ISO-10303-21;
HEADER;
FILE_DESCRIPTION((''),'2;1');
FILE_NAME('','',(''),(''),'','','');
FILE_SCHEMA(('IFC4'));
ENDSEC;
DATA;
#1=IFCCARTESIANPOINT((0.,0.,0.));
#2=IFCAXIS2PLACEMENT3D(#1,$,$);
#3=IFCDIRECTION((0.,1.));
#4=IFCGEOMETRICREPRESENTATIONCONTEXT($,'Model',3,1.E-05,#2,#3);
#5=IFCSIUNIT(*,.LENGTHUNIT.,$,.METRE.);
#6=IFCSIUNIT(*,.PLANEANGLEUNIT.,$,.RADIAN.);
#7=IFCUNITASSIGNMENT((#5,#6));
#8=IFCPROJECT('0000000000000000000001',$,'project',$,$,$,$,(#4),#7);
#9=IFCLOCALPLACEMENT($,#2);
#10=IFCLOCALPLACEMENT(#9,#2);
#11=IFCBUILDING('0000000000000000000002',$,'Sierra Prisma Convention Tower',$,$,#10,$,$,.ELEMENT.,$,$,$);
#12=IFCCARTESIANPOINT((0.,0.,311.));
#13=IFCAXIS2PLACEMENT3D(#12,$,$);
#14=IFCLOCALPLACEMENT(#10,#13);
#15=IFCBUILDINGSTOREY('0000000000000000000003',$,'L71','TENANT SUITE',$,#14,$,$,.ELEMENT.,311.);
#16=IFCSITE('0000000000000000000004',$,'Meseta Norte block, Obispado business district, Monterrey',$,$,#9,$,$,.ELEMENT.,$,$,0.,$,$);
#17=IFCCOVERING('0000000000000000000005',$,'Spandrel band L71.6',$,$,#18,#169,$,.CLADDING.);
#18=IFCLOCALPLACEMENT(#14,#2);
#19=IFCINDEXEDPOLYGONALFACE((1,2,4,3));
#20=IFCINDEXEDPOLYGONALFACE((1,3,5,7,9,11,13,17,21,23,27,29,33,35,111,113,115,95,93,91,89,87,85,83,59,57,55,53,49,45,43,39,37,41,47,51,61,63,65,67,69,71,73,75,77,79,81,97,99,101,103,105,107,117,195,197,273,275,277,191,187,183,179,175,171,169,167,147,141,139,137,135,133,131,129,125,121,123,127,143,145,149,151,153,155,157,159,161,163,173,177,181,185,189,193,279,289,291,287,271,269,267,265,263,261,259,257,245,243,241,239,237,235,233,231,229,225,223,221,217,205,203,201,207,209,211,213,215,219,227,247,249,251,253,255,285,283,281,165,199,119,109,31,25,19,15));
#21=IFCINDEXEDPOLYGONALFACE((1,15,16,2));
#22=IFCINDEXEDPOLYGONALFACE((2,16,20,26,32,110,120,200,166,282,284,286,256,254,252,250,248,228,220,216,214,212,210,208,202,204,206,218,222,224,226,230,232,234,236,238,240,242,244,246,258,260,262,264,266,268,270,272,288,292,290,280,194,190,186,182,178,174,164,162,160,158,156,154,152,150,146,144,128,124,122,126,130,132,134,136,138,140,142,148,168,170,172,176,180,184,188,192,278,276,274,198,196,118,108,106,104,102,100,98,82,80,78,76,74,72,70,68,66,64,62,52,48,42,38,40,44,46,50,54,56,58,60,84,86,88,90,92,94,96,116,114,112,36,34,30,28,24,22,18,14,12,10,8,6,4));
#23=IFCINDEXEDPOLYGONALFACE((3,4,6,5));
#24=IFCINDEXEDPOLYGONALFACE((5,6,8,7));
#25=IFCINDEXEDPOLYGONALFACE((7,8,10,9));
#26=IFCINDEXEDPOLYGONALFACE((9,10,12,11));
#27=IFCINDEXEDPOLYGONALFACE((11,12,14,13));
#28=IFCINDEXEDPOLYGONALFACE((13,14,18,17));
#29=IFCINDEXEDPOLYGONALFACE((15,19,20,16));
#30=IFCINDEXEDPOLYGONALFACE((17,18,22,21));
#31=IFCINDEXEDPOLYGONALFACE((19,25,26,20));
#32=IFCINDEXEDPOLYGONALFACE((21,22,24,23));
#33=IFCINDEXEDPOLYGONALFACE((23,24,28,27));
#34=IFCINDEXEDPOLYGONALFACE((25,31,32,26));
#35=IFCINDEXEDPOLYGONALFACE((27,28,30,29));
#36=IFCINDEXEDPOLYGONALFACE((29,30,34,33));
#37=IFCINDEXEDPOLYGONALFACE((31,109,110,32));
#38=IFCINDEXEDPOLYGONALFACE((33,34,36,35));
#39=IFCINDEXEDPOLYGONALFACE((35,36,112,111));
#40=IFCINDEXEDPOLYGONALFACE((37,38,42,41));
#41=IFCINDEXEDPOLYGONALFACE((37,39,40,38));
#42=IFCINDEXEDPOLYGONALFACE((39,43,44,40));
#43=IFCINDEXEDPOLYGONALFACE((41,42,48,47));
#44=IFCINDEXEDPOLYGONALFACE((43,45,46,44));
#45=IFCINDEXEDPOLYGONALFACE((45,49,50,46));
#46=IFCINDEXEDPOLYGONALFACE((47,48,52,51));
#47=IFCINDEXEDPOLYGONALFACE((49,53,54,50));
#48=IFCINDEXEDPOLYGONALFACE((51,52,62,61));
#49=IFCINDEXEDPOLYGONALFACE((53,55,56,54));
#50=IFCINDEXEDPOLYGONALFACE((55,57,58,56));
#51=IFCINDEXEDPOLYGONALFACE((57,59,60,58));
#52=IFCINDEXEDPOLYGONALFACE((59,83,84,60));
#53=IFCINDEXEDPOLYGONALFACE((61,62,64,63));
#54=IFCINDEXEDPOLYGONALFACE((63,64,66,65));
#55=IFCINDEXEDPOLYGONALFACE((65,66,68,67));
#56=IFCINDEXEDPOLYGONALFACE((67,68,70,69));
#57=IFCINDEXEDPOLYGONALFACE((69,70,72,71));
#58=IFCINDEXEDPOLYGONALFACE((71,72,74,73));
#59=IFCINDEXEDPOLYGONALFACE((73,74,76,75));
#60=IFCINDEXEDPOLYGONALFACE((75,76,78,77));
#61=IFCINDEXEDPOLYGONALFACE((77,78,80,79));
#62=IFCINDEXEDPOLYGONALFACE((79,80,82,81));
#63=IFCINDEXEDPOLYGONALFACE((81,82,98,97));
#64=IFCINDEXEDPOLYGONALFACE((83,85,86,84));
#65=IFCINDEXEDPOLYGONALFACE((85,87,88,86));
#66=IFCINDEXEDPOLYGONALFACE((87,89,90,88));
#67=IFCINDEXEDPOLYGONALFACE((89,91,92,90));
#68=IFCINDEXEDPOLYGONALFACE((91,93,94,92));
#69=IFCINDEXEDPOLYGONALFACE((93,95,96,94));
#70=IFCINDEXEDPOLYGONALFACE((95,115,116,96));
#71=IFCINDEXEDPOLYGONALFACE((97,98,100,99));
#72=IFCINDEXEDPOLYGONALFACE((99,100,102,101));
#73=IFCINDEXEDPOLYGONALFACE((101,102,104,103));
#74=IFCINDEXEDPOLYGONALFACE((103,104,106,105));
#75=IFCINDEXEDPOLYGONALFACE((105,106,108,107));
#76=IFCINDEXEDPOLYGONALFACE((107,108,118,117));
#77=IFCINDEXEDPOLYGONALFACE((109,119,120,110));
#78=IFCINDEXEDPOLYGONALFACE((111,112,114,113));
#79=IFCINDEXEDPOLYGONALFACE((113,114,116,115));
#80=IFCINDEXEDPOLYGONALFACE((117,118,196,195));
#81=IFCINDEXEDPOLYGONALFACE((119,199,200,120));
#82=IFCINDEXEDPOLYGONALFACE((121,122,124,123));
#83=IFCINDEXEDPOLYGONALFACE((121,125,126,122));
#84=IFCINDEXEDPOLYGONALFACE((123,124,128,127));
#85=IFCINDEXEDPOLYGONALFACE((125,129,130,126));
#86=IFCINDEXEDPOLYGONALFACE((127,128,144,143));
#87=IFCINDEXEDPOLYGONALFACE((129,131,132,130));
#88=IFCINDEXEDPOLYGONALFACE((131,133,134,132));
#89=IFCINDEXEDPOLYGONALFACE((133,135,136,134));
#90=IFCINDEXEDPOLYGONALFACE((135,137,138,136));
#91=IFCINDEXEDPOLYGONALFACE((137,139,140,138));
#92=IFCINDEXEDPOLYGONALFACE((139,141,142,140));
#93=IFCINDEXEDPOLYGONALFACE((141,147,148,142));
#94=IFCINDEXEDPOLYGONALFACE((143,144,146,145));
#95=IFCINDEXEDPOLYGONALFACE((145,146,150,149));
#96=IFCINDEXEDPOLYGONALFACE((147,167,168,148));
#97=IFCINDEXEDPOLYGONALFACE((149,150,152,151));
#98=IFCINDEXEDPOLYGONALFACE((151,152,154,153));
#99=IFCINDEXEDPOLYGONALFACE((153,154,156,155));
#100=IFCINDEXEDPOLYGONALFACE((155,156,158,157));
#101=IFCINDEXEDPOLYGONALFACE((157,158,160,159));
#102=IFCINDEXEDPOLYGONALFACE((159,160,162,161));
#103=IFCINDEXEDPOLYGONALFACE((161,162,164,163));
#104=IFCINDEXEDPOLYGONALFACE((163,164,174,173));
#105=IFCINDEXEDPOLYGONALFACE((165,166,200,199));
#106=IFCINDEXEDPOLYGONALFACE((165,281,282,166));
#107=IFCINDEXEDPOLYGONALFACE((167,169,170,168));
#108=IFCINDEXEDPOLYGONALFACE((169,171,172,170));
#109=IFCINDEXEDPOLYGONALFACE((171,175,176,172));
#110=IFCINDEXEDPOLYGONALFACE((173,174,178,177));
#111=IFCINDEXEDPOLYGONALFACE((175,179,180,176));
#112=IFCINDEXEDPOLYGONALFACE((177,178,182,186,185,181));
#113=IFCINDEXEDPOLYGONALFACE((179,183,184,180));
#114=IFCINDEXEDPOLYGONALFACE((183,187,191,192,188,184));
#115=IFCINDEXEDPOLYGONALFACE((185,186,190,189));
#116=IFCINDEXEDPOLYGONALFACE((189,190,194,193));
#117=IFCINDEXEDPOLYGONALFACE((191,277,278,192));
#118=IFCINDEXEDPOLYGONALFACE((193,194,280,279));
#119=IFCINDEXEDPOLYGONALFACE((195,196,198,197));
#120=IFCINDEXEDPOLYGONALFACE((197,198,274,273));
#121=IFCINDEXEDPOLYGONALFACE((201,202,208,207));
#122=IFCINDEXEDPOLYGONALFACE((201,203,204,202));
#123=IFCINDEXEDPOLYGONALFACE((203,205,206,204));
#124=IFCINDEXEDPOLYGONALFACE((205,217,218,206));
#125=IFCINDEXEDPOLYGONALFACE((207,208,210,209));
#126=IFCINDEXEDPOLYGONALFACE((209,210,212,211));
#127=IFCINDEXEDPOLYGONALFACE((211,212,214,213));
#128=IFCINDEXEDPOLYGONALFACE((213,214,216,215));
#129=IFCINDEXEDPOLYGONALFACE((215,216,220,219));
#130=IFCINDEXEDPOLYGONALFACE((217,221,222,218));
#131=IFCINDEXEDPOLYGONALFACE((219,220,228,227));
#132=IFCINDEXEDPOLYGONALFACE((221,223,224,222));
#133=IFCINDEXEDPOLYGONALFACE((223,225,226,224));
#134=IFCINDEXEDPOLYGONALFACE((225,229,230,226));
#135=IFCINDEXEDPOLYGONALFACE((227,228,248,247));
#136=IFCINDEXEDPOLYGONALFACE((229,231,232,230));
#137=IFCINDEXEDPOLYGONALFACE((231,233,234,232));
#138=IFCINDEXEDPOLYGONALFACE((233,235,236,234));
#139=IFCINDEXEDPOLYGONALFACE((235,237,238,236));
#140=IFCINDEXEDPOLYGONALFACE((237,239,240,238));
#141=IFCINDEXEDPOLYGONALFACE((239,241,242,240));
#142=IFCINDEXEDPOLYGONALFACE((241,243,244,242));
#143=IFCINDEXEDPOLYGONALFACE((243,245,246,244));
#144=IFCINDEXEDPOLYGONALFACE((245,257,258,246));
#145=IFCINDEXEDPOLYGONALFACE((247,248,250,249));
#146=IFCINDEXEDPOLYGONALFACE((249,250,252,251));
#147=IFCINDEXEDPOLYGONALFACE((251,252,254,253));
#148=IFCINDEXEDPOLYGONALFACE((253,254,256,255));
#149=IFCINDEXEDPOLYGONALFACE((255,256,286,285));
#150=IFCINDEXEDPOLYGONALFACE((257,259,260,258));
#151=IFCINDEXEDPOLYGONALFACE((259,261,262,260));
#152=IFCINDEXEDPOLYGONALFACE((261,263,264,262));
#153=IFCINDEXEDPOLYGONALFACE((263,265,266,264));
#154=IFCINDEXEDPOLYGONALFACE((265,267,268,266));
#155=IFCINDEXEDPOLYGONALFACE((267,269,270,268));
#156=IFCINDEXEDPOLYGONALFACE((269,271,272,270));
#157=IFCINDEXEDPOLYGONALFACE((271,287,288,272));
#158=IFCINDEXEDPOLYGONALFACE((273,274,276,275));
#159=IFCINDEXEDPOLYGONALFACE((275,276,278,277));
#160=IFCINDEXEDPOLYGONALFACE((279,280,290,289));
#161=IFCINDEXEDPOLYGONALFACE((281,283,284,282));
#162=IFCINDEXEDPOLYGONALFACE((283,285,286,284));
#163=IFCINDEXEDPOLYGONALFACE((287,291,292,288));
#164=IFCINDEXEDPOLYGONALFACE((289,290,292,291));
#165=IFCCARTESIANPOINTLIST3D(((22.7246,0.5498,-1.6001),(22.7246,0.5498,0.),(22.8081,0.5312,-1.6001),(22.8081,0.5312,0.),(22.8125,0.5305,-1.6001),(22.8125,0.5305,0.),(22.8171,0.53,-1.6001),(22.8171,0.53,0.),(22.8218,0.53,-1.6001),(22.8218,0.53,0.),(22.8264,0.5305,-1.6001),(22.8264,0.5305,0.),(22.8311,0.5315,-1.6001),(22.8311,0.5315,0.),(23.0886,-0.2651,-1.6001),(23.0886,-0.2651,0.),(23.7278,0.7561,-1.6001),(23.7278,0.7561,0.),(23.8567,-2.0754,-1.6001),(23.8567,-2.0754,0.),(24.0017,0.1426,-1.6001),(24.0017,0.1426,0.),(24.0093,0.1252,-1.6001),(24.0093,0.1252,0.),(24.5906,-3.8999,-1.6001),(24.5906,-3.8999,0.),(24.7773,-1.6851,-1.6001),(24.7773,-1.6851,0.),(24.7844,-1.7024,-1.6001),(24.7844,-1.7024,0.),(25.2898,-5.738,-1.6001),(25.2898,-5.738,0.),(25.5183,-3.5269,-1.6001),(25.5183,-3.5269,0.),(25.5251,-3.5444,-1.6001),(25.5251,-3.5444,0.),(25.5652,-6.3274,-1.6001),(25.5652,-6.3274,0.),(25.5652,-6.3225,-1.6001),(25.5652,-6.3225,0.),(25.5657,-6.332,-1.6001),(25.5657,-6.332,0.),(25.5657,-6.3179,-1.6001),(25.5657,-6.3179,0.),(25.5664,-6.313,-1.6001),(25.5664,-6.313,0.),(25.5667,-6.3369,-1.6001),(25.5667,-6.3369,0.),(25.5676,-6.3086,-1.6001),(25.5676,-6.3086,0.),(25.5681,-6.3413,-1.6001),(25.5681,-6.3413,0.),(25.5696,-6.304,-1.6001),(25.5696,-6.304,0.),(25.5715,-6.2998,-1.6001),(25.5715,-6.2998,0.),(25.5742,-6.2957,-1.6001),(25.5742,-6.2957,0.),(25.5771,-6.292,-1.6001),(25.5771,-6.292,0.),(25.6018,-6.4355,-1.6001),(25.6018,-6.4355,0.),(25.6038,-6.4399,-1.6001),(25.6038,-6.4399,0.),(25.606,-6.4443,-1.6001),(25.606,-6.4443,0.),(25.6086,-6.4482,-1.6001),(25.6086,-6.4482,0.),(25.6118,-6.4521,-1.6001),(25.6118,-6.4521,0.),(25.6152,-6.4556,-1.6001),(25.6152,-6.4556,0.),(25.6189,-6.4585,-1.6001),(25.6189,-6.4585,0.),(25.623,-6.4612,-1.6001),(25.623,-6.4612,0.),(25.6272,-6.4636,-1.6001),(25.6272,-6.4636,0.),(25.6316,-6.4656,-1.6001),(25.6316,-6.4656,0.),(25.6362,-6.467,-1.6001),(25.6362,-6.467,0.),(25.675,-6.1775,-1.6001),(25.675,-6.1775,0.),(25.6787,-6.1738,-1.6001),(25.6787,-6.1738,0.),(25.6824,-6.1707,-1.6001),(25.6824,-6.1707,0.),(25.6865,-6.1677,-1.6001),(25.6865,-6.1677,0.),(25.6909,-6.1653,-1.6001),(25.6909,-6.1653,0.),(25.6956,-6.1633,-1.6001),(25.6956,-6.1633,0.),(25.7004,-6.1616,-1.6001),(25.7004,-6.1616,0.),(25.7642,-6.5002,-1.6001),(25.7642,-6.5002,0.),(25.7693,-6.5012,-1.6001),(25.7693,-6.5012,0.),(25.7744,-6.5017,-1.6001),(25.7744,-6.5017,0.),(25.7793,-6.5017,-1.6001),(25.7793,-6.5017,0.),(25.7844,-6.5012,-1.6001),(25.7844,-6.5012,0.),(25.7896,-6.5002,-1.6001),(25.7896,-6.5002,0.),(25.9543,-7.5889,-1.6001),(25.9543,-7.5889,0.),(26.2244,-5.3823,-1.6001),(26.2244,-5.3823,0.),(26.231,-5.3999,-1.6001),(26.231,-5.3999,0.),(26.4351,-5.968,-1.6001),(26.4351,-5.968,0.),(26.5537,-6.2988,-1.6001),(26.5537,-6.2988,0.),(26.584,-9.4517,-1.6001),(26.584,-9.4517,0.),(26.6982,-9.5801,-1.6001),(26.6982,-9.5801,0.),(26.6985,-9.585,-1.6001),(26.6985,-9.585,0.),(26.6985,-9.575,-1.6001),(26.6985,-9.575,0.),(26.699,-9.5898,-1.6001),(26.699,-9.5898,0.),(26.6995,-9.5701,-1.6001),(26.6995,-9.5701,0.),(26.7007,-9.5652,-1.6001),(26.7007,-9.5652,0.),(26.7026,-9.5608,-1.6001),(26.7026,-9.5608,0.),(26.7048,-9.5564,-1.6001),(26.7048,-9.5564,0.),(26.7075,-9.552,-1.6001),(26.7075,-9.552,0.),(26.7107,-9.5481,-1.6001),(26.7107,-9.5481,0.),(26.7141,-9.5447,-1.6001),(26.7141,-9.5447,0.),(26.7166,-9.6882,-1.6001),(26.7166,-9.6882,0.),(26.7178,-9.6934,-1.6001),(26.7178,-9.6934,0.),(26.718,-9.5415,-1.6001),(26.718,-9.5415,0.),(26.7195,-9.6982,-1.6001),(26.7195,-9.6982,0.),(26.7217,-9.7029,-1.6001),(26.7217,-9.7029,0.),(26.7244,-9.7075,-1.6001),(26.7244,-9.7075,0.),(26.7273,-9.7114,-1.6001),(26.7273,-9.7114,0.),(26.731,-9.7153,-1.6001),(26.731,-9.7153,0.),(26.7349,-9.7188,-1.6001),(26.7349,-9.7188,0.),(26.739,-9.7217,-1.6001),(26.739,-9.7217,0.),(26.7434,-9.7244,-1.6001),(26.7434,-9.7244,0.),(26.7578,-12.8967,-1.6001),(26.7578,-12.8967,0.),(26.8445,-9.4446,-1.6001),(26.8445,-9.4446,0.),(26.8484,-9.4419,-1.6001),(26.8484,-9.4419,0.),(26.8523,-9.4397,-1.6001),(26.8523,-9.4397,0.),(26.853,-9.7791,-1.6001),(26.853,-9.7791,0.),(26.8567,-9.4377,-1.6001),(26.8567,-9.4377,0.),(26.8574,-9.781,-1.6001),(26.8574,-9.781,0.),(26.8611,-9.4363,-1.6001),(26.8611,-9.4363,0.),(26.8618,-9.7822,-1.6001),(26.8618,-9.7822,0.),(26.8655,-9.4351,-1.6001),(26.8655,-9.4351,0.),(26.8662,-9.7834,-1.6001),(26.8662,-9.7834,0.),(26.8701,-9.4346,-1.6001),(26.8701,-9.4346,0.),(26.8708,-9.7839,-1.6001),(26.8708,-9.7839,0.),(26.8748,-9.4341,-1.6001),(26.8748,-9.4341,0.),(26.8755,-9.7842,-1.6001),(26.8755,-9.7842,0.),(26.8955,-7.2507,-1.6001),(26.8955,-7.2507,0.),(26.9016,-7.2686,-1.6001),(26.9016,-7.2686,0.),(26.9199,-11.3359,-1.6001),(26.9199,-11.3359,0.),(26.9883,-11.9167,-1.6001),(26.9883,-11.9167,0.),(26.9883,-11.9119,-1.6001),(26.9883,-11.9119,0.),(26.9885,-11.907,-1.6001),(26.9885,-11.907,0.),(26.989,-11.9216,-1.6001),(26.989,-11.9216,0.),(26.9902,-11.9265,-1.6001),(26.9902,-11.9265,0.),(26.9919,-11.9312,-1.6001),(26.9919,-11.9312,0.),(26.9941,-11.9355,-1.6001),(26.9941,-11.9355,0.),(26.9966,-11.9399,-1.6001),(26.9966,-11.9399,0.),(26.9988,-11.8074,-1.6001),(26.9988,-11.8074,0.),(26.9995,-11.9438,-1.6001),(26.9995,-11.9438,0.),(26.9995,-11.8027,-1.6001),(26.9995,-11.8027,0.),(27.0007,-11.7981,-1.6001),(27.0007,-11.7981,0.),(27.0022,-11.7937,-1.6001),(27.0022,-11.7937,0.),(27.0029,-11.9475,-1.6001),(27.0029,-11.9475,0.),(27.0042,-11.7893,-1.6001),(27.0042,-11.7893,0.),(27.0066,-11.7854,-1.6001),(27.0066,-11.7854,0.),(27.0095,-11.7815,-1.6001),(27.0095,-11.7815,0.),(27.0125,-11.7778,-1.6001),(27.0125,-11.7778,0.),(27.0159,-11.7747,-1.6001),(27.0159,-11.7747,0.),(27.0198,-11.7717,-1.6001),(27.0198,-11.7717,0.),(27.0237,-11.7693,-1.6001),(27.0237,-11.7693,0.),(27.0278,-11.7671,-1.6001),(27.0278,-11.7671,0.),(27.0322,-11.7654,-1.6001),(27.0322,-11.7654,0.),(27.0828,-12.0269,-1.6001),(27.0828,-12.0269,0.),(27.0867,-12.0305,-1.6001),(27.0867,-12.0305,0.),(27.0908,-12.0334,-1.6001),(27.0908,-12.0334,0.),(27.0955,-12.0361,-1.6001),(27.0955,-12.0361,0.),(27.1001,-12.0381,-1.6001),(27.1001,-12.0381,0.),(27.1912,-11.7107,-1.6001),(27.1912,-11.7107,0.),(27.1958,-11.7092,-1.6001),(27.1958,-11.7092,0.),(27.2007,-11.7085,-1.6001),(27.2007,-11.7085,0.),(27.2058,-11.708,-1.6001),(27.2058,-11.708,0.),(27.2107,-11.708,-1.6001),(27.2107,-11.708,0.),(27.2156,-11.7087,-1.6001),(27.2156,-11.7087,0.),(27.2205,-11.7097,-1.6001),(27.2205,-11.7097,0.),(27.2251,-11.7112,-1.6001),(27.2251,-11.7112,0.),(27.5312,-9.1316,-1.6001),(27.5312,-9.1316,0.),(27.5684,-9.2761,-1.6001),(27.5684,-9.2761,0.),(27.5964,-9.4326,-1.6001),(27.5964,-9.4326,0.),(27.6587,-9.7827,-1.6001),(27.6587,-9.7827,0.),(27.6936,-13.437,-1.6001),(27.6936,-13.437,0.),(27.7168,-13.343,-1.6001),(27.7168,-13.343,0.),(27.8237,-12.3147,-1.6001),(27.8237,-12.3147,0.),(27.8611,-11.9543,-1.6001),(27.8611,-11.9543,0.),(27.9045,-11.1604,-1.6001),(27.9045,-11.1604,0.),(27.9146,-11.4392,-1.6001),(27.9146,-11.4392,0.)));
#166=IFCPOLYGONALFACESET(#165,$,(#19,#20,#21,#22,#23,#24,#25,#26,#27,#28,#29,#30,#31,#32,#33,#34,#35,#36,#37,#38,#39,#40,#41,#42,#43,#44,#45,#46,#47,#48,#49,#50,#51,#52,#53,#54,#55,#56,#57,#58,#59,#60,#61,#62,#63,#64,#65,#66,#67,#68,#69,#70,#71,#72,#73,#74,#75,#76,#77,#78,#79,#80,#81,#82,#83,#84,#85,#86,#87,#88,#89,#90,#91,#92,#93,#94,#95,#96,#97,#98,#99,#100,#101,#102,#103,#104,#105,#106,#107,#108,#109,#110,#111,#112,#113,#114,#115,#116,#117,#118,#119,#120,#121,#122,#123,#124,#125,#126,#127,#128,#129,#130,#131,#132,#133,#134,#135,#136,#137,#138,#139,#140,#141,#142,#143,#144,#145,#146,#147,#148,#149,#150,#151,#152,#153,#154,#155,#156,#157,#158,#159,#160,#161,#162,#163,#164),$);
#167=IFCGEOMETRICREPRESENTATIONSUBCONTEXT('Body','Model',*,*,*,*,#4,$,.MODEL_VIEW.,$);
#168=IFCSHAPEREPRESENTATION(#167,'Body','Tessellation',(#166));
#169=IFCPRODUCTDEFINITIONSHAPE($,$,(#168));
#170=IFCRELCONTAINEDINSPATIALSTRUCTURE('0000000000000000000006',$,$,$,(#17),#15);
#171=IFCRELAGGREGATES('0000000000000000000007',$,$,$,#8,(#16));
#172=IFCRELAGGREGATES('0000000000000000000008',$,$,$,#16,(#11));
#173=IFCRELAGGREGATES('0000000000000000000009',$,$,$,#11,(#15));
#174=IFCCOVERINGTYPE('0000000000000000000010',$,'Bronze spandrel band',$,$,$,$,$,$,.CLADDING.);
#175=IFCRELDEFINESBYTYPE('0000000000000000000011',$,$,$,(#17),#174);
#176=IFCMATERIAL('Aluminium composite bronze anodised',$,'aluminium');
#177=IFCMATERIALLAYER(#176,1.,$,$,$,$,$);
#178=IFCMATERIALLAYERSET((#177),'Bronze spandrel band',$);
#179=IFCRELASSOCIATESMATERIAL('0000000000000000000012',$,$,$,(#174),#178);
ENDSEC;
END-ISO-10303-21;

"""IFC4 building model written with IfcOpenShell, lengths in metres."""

from ifc_helpers import new_model, si_unit, direction, frame, origin, place, context, subcontext, project, spatial, polyline, outline, extrude, material, layer, layer_set, type_object, element, save


model = new_model("IFC4")

# Units and contexts
model_context = context("Model", 3, precision=1e-05, world=origin(), true_north=direction((0.0, 1.0)))
body_context = subcontext(model_context, "Body", "Model", "MODEL_VIEW")
ifc_project = project(units=[si_unit("LENGTHUNIT", "METRE"), si_unit("PLANEANGLEUNIT", "RADIAN")], contexts=[model_context])

# Site, building, storey
site_placement = place(None, origin())
site = spatial("IfcSite", under=ifc_project, at=site_placement, Name="Meseta Norte block, Obispado business district, Monterrey", CompositionType="ELEMENT", RefElevation=0.0)
building_placement = place(site_placement, origin())
building = spatial("IfcBuilding", under=site, at=building_placement, Name="Sierra Prisma Convention Tower", CompositionType="ELEMENT")
storey_placement = place(building_placement, frame((0.0, 0.0, 311.0)))
storey = spatial("IfcBuildingStorey", under=building, at=storey_placement, Name="L71", Description="TENANT SUITE", CompositionType="ELEMENT", Elevation=311.0)

# Covering
ifc_material_1 = material(Name="Aluminium composite bronze anodised", Category="aluminium")
ifc_layer_1 = layer(ifc_material_1, 1.0)
ifc_layer_set_1 = layer_set([ifc_layer_1], Name="Bronze spandrel band")
covering_type = type_object("IfcCoveringType", Name="Bronze spandrel band", PredefinedType="CLADDING", material=ifc_layer_set_1)
covering_1_placement = place(storey_placement, frame((0.0, 0.0, -1.6001)))
element("IfcCovering", 1, at=covering_1_placement, inside=storey, type_object=covering_type, Name="Spandrel band L71.6", PredefinedType="CLADDING", context=body_context, shape_type="SweptSolid", body=[
    extrude(outline(polyline([(25.6824, -6.1707), (25.6787, -6.1738), (25.675, -6.1775), (25.5771, -6.292), (25.5742, -6.2957), (25.5715, -6.2998), (25.5696, -6.304), (25.5676, -6.3086), (25.5664, -6.313), (25.5657, -6.3179), (25.5652, -6.3225), (25.5652, -6.3274), (25.5657, -6.332), (25.5667, -6.3369), (25.5681, -6.3413), (25.6018, -6.4355), (25.6038, -6.4399), (25.606, -6.4443), (25.6086, -6.4482), (25.6118, -6.4521), (25.6152, -6.4556), (25.6189, -6.4585), (25.623, -6.4612), (25.6272, -6.4636), (25.6316, -6.4656), (25.6362, -6.467), (25.7642, -6.5002), (25.7693, -6.5012), (25.7744, -6.5017), (25.7793, -6.5017), (25.7844, -6.5012), (25.7896, -6.5002), (26.5537, -6.2988), (26.8955, -7.2507), (26.9016, -7.2686), (27.5312, -9.1316), (27.5684, -9.2761), (27.5964, -9.4326), (26.8748, -9.4341), (26.8701, -9.4346), (26.8655, -9.4351), (26.8611, -9.4363), (26.8567, -9.4377), (26.8523, -9.4397), (26.8484, -9.4419), (26.8445, -9.4446), (26.718, -9.5415), (26.7141, -9.5447), (26.7107, -9.5481), (26.7075, -9.552), (26.7048, -9.5564), (26.7026, -9.5608), (26.7007, -9.5652), (26.6995, -9.5701), (26.6985, -9.575), (26.6982, -9.5801), (26.6985, -9.585), (26.699, -9.5898), (26.7166, -9.6882), (26.7178, -9.6934), (26.7195, -9.6982), (26.7217, -9.7029), (26.7244, -9.7075), (26.7273, -9.7114), (26.731, -9.7153), (26.7349, -9.7188), (26.739, -9.7217), (26.7434, -9.7244), (26.853, -9.7791), (26.8574, -9.781), (26.8618, -9.7822), (26.8662, -9.7834), (26.8708, -9.7839), (26.8755, -9.7842), (27.6587, -9.7827), (27.9045, -11.1604), (27.9146, -11.4392), (27.8611, -11.9543), (27.2251, -11.7112), (27.2205, -11.7097), (27.2156, -11.7087), (27.2107, -11.708), (27.2058, -11.708), (27.2007, -11.7085), (27.1958, -11.7092), (27.1912, -11.7107), (27.0322, -11.7654), (27.0278, -11.7671), (27.0237, -11.7693), (27.0198, -11.7717), (27.0159, -11.7747), (27.0125, -11.7778), (27.0095, -11.7815), (27.0066, -11.7854), (27.0042, -11.7893), (27.0022, -11.7937), (27.0007, -11.7981), (26.9995, -11.8027), (26.9988, -11.8074), (26.9885, -11.907), (26.9883, -11.9119), (26.9883, -11.9167), (26.989, -11.9216), (26.9902, -11.9265), (26.9919, -11.9312), (26.9941, -11.9355), (26.9966, -11.9399), (26.9995, -11.9438), (27.0029, -11.9475), (27.0828, -12.0269), (27.0867, -12.0305), (27.0908, -12.0334), (27.0955, -12.0361), (27.1001, -12.0381), (27.8237, -12.3147), (27.7168, -13.343), (27.6936, -13.437), (26.7578, -12.8967), (26.9199, -11.3359), (26.584, -9.4517), (25.9543, -7.5889), (25.2898, -5.738), (24.5906, -3.8999), (23.8567, -2.0754), (23.0886, -0.2651), (22.7246, 0.5498), (22.8081, 0.5312), (22.8125, 0.5305), (22.8171, 0.53), (22.8218, 0.53), (22.8264, 0.5305), (22.8311, 0.5315), (23.7278, 0.7561), (24.0017, 0.1426), (24.0093, 0.1252), (24.7773, -1.6851), (24.7844, -1.7024), (25.5183, -3.5269), (25.5251, -3.5444), (26.2244, -5.3823), (26.231, -5.3999), (26.4351, -5.968), (25.7004, -6.1616), (25.6956, -6.1633), (25.6909, -6.1653), (25.6865, -6.1677), (25.6824, -6.1707)])), origin(), (0.0, 0.0, 1.0), 1.6001),
])

save(model, "model.ifc")
